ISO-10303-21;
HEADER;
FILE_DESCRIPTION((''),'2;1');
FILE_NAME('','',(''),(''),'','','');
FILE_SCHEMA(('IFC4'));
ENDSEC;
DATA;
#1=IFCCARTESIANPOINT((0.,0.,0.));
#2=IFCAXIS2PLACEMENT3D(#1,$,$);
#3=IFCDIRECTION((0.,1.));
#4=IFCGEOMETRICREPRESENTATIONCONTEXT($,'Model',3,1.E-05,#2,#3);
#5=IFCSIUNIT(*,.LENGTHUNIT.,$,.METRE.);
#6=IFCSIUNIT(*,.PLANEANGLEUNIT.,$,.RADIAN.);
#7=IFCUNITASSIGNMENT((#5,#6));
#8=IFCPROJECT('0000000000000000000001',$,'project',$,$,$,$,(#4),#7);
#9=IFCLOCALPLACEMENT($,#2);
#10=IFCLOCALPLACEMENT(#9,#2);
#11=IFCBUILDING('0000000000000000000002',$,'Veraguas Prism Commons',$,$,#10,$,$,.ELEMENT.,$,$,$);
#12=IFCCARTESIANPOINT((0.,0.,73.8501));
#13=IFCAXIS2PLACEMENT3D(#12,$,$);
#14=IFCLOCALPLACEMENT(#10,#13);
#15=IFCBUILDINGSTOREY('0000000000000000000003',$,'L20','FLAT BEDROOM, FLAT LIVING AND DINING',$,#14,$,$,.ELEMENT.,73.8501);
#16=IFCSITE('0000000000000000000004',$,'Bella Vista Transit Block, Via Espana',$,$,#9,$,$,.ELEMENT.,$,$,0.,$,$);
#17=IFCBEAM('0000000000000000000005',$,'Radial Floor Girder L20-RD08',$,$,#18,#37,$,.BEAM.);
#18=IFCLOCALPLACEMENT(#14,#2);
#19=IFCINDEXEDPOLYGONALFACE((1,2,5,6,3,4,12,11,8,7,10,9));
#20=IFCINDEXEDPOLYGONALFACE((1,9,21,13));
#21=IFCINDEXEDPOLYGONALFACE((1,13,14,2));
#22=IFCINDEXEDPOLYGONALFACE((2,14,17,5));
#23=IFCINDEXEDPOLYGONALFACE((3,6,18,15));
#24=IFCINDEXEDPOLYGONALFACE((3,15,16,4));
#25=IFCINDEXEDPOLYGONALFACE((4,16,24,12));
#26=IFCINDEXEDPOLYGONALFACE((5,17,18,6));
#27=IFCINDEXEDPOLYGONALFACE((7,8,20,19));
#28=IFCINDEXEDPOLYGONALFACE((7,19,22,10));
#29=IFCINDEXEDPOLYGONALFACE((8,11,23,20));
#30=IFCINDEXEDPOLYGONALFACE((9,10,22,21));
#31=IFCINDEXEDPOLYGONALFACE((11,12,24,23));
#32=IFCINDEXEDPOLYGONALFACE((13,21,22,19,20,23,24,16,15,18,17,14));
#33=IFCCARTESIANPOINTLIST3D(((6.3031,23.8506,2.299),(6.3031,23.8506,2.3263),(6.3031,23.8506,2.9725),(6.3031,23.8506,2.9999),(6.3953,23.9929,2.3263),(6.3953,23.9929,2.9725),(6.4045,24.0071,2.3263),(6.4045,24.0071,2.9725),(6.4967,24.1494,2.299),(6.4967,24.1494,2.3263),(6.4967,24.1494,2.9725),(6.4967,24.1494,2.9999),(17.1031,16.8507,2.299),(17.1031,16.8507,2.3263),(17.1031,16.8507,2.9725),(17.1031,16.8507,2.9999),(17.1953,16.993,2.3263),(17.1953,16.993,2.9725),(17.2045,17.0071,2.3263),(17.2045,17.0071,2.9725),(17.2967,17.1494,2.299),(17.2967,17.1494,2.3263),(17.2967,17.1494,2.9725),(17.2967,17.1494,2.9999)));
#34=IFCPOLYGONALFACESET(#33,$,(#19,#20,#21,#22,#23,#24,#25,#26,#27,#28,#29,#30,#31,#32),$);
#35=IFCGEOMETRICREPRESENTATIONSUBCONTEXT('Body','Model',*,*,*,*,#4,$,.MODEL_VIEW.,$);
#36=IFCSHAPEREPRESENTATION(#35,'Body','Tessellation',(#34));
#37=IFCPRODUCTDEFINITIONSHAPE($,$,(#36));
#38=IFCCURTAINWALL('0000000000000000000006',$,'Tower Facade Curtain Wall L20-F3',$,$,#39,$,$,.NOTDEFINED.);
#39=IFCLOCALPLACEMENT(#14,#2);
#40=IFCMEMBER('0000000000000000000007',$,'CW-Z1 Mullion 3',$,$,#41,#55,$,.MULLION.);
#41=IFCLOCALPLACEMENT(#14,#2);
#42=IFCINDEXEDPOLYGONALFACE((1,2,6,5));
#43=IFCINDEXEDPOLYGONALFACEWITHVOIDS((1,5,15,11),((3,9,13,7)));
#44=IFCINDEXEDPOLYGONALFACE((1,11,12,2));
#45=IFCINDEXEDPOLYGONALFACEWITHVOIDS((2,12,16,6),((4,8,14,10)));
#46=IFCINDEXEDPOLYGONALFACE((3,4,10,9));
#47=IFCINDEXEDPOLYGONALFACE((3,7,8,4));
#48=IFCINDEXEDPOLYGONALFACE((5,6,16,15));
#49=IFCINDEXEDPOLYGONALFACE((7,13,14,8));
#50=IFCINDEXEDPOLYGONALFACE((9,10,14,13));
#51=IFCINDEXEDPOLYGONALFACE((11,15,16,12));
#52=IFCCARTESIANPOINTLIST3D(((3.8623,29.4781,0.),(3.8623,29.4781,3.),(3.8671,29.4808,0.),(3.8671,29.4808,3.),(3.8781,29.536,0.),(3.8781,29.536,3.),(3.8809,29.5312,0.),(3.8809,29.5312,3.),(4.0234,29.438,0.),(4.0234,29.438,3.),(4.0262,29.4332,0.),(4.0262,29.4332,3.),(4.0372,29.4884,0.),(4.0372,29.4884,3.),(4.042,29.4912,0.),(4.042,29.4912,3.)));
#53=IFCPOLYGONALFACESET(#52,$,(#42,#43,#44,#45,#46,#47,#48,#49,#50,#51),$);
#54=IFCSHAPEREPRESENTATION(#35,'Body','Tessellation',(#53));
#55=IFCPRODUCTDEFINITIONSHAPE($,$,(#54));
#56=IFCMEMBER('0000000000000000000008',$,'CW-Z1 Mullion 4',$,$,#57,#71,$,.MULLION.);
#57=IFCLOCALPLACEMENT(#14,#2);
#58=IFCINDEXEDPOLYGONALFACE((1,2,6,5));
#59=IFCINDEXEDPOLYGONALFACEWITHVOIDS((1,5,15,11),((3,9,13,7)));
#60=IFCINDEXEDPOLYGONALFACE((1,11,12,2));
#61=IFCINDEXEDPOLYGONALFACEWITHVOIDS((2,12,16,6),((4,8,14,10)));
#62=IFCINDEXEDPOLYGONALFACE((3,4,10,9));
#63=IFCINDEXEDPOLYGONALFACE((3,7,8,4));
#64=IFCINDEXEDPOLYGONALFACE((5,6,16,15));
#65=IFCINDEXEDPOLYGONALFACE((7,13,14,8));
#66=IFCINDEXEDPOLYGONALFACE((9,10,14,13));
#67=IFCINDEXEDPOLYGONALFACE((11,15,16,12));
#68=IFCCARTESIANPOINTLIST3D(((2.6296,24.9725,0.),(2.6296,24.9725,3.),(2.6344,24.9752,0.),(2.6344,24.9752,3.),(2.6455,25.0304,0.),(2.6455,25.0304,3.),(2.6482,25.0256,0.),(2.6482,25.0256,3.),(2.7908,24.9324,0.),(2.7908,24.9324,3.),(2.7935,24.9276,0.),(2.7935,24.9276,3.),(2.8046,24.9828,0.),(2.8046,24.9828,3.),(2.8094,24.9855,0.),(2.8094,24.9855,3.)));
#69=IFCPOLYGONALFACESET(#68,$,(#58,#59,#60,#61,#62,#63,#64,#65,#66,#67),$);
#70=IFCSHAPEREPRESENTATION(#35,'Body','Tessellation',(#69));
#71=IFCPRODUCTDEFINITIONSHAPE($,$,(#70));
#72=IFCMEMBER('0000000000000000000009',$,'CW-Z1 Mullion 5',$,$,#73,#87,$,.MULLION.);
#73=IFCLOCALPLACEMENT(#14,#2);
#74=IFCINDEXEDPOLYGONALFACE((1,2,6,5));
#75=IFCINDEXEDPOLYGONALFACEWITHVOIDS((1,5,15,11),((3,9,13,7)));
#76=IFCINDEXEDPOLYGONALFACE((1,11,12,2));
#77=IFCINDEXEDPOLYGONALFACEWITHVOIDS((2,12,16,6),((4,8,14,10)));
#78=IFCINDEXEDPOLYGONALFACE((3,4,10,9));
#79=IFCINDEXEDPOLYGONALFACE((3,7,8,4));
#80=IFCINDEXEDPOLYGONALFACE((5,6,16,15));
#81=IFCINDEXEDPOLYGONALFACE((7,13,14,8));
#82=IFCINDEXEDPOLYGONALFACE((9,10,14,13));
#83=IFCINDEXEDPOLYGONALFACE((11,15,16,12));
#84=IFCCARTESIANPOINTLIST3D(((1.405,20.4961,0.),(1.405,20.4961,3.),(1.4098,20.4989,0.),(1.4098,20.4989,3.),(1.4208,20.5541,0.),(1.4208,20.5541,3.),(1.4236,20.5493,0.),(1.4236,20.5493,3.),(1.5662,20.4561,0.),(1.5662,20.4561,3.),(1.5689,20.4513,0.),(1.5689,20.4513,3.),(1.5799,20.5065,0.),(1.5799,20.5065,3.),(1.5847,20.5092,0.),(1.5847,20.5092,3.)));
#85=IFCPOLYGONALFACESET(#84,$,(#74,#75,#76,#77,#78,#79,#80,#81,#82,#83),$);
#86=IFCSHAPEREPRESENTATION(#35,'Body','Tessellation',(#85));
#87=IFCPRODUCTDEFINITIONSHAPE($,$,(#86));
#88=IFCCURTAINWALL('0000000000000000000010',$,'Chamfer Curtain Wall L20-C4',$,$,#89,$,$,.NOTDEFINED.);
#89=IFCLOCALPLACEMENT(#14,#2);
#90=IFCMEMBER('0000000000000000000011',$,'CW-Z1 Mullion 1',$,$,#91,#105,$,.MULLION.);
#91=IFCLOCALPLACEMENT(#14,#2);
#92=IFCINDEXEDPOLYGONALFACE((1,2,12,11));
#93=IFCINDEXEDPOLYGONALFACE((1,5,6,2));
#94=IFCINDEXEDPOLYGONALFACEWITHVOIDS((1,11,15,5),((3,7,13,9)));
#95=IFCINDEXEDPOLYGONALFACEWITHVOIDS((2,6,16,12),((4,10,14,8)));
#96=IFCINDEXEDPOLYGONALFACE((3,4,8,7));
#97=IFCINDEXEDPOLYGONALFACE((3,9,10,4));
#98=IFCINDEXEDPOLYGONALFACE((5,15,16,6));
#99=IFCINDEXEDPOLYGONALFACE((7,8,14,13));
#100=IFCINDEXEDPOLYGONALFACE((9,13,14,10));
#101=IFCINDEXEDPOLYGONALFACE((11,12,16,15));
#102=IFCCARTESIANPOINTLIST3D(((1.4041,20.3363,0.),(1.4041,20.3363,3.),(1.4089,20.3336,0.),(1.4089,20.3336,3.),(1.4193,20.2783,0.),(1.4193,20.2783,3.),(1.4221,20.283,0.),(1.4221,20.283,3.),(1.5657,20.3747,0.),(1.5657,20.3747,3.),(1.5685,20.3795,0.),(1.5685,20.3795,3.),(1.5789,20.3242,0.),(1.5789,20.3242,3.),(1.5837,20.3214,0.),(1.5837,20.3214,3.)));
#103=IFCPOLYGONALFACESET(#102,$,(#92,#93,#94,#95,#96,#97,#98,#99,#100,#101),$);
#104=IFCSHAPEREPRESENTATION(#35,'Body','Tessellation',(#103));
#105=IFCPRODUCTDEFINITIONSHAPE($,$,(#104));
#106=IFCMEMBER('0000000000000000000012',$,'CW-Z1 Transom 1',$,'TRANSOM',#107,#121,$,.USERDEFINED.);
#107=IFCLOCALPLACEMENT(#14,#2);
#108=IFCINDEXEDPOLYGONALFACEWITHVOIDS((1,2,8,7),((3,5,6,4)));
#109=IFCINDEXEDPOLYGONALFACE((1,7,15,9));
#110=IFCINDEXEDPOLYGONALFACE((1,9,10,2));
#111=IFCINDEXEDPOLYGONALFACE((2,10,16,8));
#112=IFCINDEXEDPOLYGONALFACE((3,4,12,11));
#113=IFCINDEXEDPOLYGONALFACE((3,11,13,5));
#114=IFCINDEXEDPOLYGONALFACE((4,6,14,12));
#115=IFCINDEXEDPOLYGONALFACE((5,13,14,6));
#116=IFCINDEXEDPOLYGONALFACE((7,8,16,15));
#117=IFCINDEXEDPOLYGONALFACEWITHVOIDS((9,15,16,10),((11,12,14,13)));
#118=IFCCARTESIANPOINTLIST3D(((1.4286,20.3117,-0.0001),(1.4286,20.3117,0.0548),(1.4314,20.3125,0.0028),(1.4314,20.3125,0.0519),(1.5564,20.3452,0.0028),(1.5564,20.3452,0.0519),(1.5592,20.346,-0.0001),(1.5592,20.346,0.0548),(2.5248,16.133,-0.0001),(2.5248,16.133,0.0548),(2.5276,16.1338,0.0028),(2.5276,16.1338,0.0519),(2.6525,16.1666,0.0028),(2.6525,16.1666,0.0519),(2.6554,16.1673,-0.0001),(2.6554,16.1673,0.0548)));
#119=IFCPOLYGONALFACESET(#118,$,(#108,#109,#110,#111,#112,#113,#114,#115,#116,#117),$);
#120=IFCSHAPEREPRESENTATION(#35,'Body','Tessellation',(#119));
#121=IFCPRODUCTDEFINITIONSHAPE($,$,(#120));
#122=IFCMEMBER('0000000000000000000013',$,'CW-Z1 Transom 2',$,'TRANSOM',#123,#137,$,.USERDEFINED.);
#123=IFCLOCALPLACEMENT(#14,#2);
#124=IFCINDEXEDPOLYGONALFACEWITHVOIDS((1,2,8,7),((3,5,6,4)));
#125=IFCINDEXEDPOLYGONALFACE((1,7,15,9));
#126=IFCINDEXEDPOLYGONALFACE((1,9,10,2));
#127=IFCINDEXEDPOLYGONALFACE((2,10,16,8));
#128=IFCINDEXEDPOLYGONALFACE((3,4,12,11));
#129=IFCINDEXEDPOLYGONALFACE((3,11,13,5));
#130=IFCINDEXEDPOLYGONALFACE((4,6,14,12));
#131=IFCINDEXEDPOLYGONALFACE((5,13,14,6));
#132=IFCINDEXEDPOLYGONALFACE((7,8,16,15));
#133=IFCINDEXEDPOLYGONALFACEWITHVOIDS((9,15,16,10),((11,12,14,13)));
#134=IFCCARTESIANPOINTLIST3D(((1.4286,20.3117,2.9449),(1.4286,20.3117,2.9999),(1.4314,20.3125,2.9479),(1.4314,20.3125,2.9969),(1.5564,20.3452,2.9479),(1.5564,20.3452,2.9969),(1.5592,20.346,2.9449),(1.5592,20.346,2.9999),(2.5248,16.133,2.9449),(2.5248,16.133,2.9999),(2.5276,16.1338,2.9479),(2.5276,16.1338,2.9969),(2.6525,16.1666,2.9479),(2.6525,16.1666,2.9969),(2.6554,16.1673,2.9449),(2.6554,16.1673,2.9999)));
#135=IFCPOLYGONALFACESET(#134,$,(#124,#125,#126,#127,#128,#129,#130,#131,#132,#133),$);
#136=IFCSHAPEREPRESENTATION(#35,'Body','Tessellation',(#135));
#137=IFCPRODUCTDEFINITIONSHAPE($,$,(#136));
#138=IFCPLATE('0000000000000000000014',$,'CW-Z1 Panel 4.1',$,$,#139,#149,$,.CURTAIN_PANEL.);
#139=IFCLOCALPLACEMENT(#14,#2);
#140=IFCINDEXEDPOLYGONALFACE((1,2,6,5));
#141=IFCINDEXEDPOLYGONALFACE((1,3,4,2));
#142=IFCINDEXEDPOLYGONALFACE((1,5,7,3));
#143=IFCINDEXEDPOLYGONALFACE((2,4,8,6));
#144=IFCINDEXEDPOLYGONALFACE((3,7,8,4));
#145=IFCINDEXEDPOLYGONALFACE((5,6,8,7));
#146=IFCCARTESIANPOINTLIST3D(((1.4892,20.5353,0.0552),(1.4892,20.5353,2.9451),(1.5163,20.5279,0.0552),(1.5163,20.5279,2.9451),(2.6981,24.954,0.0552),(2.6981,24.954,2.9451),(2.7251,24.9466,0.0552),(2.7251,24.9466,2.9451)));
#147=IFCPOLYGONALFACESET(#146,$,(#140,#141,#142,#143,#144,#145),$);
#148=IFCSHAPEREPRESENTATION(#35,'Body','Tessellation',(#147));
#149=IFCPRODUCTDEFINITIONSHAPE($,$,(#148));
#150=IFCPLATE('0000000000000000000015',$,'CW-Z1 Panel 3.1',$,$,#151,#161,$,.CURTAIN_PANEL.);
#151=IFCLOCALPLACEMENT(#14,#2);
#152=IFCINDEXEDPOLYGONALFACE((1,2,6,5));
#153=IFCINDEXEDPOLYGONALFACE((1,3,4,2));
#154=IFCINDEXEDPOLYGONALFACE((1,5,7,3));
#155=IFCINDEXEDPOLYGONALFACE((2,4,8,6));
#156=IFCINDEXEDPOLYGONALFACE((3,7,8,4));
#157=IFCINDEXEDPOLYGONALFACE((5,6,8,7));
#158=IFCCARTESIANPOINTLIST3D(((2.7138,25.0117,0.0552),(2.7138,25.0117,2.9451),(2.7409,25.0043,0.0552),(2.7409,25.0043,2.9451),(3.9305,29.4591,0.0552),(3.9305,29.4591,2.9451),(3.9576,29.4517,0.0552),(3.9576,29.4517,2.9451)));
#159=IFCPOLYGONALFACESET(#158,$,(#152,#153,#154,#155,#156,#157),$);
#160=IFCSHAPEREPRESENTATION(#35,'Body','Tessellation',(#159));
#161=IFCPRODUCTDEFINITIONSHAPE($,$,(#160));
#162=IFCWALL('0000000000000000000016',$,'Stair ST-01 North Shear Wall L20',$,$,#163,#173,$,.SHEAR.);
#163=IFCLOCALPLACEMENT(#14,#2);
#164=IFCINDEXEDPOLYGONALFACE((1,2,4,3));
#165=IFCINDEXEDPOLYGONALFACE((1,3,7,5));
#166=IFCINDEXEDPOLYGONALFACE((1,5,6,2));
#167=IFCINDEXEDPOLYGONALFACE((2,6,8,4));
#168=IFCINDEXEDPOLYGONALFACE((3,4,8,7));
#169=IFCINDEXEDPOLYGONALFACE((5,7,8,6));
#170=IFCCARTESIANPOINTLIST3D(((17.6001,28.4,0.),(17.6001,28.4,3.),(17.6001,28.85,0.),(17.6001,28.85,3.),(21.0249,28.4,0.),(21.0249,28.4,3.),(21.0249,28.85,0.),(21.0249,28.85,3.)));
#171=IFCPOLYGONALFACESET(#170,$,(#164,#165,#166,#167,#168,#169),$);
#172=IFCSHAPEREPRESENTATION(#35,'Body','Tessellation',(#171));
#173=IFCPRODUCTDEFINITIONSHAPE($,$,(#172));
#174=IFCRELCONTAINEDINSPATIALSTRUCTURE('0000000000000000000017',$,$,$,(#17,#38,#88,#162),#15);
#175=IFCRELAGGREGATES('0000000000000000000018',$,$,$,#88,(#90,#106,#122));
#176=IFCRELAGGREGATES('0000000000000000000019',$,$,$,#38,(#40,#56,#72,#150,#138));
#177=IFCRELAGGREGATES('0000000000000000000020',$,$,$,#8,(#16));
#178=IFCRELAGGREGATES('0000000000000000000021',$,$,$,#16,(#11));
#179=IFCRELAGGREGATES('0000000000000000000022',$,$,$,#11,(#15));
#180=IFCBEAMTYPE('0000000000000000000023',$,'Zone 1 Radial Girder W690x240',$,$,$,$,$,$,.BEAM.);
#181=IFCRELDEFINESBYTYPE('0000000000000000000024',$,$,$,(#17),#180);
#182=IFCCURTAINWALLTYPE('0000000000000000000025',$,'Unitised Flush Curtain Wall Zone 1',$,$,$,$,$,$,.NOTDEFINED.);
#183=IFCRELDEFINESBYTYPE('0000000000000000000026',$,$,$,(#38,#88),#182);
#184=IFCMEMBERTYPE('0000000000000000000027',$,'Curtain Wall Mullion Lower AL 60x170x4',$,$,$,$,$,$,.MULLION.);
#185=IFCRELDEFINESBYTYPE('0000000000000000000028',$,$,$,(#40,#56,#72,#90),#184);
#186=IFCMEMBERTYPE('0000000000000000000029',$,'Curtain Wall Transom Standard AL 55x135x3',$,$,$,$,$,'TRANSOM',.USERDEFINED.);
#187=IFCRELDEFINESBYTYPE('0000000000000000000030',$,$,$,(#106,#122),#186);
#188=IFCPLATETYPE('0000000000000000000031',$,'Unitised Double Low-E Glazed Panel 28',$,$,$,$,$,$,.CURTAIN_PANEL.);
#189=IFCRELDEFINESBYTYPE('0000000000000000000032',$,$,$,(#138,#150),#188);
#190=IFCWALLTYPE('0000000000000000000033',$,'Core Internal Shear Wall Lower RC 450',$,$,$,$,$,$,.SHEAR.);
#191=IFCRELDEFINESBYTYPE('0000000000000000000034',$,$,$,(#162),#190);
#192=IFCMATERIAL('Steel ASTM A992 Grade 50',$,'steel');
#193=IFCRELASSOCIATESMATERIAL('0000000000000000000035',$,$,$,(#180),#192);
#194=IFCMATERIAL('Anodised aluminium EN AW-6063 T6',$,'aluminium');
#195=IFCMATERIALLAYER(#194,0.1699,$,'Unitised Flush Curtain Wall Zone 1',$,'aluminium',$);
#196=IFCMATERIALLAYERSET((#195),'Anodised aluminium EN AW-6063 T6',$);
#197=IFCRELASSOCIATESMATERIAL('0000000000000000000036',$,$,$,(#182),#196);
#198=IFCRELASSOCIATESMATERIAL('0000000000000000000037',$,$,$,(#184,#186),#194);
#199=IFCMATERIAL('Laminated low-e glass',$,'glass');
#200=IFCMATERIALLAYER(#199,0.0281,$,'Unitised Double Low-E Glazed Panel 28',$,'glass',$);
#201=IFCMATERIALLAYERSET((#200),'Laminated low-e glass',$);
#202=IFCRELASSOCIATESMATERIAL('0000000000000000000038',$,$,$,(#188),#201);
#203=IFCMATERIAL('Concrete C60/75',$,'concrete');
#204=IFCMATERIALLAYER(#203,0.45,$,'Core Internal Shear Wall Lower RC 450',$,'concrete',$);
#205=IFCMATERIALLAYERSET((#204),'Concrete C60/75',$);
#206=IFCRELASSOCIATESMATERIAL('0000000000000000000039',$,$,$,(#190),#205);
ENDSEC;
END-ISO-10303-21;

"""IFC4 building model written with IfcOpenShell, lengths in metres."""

from ifc_helpers import new_model, si_unit, direction, frame, frame_2d, origin, origin_2d, place, context, subcontext, project, spatial, rectangle, hollow_rectangle, i_section, extrude, source, transform, mapped, material, layer, layer_set, material_profile, profile_set, type_object, element, aggregate, save


model = new_model("IFC4")

# Units and contexts
model_context = context("Model", 3, precision=1e-05, world=origin(), true_north=direction((0.0, 1.0)))
body_context = subcontext(model_context, "Body", "Model", "MODEL_VIEW")
ifc_project = project(units=[si_unit("LENGTHUNIT", "METRE"), si_unit("PLANEANGLEUNIT", "RADIAN")], contexts=[model_context])

# Site, building, storey
site_placement = place(None, origin())
site = spatial("IfcSite", under=ifc_project, at=site_placement, Name="Bella Vista Transit Block, Via Espana", CompositionType="ELEMENT", RefElevation=0.0)
building_placement = place(site_placement, origin())
building = spatial("IfcBuilding", under=site, at=building_placement, Name="Veraguas Prism Commons", CompositionType="ELEMENT")
storey_placement = place(building_placement, frame((0.0, 0.0, 73.8501)))
storey = spatial("IfcBuildingStorey", under=building, at=storey_placement, Name="L20", Description="FLAT BEDROOM, FLAT LIVING AND DINING", CompositionType="ELEMENT", Elevation=73.8501)

# Shared definitions
ifc_material_1 = material(Name="Concrete C60/75", Category="concrete")

# Beam
ifc_material_2 = material(Name="Steel ASTM A992 Grade 50", Category="steel")
ifc_material_profile_1 = material_profile(ifc_material_2, i_section(OverallWidth=0.356, OverallDepth=0.7009, WebThickness=0.0168, FlangeThickness=0.0273, at=origin_2d()), Name="W690X240")
ifc_profile_set_1 = profile_set([ifc_material_profile_1], Name="Steel ASTM A992 Grade 50")
beam_type_1 = type_object("IfcBeamType", Name="Zone 1 Radial Girder W690x240", PredefinedType="BEAM", material=ifc_profile_set_1)
beam_1_placement = place(storey_placement, frame((6.3999, 24.0, 2.6494), z_axis=(0.839154, -0.543894, 0.0), x_axis=(0.543894, 0.839154, 0.0)))
element("IfcBeam", 1, at=beam_1_placement, inside=storey, type_object=beam_type_1, Name="Radial Floor Girder L20-RD08", PredefinedType="BEAM", context=body_context, shape_type="SweptSolid", body=[
    extrude(i_section(OverallWidth=0.356, OverallDepth=0.7009, WebThickness=0.0168, FlangeThickness=0.0273, at=origin_2d()), origin(), (0.0, 0.0, 1.0), 12.8701),
])

# Curtain walls, members
ifc_material_3 = material(Name="Anodised aluminium EN AW-6063 T6", Category="aluminium")
ifc_layer_1 = layer(ifc_material_3, 0.1699, Name="Unitised Flush Curtain Wall Zone 1", Category="aluminium")
ifc_layer_set_1 = layer_set([ifc_layer_1], Name="Anodised aluminium EN AW-6063 T6")
curtain_wall_type = type_object("IfcCurtainWallType", Name="Unitised Flush Curtain Wall Zone 1", PredefinedType="NOTDEFINED", material=ifc_layer_set_1)
curtain_wall_1_placement = place(storey_placement, origin())
curtain_wall_1 = element("IfcCurtainWall", 2, at=curtain_wall_1_placement, inside=storey, type_object=curtain_wall_type, Name="Tower Facade Curtain Wall L20-F3", PredefinedType="NOTDEFINED")
ifc_material_profile_2 = material_profile(ifc_material_3, hollow_rectangle(XDim=0.0601, YDim=0.1699, WallThickness=0.0039, at=origin_2d()), Name="AL60X170X4")
ifc_profile_set_2 = profile_set([ifc_material_profile_2], Name="Anodised aluminium EN AW-6063 T6")
member_type_1 = type_object("IfcMemberType", Name="Curtain Wall Mullion Lower AL 60x170x4", PredefinedType="MULLION", material=ifc_profile_set_2)
shared_shape_1 = source(origin(), body_context, "Body", "SweptSolid", [
    extrude(hollow_rectangle(XDim=0.0601, YDim=0.1699, WallThickness=0.0039, at=origin_2d()), origin(), (0.0, 0.0, 1.0), 3.0),
])
member_1_placement = place(storey_placement, frame((3.9521, 29.4846, 0.0), z_axis=(0.0, 0.0, 1.0), x_axis=(-0.26388, -0.964556, 0.0)))
member_1 = element("IfcMember", 3, at=member_1_placement, type_object=member_type_1, Name="CW-Z1 Mullion 3", PredefinedType="MULLION", context=body_context, shape_type="MappedRepresentation", body=[
    mapped(shared_shape_1, transform((0.0, 0.0, 0.0), scale=1.0)),
])
member_2_placement = place(storey_placement, frame((2.7195, 24.979, 0.0), z_axis=(0.0, 0.0, 1.0), x_axis=(-0.26388, -0.964556, 0.0)))
member_2 = element("IfcMember", 4, at=member_2_placement, type_object=member_type_1, Name="CW-Z1 Mullion 4", PredefinedType="MULLION", context=body_context, shape_type="MappedRepresentation", body=[
    mapped(shared_shape_1, transform((0.0, 0.0, 0.0), scale=1.0)),
])
member_3_placement = place(storey_placement, frame((1.4949, 20.5027, 0.0), z_axis=(0.0, 0.0, 1.0), x_axis=(-0.26388, -0.964556, 0.0)))
member_3 = element("IfcMember", 5, at=member_3_placement, type_object=member_type_1, Name="CW-Z1 Mullion 5", PredefinedType="MULLION", context=body_context, shape_type="MappedRepresentation", body=[
    mapped(shared_shape_1, transform((0.0, 0.0, 0.0), scale=1.0)),
])
curtain_wall_2_placement = place(storey_placement, origin())
curtain_wall_2 = element("IfcCurtainWall", 6, at=curtain_wall_2_placement, inside=storey, type_object=curtain_wall_type, Name="Chamfer Curtain Wall L20-C4", PredefinedType="NOTDEFINED")
member_4_placement = place(storey_placement, frame((1.4939, 20.3289, 0.0), z_axis=(0.0, 0.0, 1.0), x_axis=(0.253763, -0.967266, 0.0)))
member_4 = element("IfcMember", 7, at=member_4_placement, type_object=member_type_1, Name="CW-Z1 Mullion 1", PredefinedType="MULLION", context=body_context, shape_type="MappedRepresentation", body=[
    mapped(shared_shape_1, transform((0.0, 0.0, 0.0), scale=1.0)),
])
ifc_material_profile_3 = material_profile(ifc_material_3, hollow_rectangle(XDim=0.0549, YDim=0.135, WallThickness=0.0029, at=origin_2d()), Name="AL55X135X3")
ifc_profile_set_3 = profile_set([ifc_material_profile_3], Name="Anodised aluminium EN AW-6063 T6")
member_type_2 = type_object("IfcMemberType", Name="Curtain Wall Transom Standard AL 55x135x3", ElementType="TRANSOM", PredefinedType="USERDEFINED", material=ifc_profile_set_3)
shared_shape_2 = source(origin(), body_context, "Body", "SweptSolid", [
    extrude(hollow_rectangle(XDim=0.0549, YDim=0.135, WallThickness=0.0029, at=origin_2d()), origin(), (0.0, 0.0, 1.0), 4.3201),
])
member_5_placement = place(storey_placement, frame((1.4939, 20.3289, 0.0273), z_axis=(0.253742, -0.967272, 0.0), x_axis=(0.0, 0.0, 1.0)))
member_5 = element("IfcMember", 8, at=member_5_placement, type_object=member_type_2, Name="CW-Z1 Transom 1", ObjectType="TRANSOM", PredefinedType="USERDEFINED", context=body_context, shape_type="MappedRepresentation", body=[
    mapped(shared_shape_2, transform((0.0, 0.0, 0.0), scale=1.0)),
])
member_6_placement = place(storey_placement, frame((1.4939, 20.3289, 2.9724), z_axis=(0.253742, -0.967272, 0.0), x_axis=(0.0, 0.0, 1.0)))
member_6 = element("IfcMember", 9, at=member_6_placement, type_object=member_type_2, Name="CW-Z1 Transom 2", ObjectType="TRANSOM", PredefinedType="USERDEFINED", context=body_context, shape_type="MappedRepresentation", body=[
    mapped(shared_shape_2, transform((0.0, 0.0, 0.0), scale=1.0)),
])
aggregate(curtain_wall_2, [member_4, member_5, member_6])

# Plates
ifc_material_4 = material(Name="Laminated low-e glass", Category="glass")
ifc_layer_2 = layer(ifc_material_4, 0.0281, Name="Unitised Double Low-E Glazed Panel 28", Category="glass")
ifc_layer_set_2 = layer_set([ifc_layer_2], Name="Laminated low-e glass")
plate_type = type_object("IfcPlateType", Name="Unitised Double Low-E Glazed Panel 28", PredefinedType="CURTAIN_PANEL", material=ifc_layer_set_2)
shared_shape_3 = source(origin(), body_context, "Body", "SweptSolid", [
    extrude(rectangle(XDim=4.5811, YDim=0.0281, at=origin_2d()), origin(), (0.0, 0.0, 1.0), 2.8899),
])
plate_1_placement = place(storey_placement, frame((2.1072, 22.741, 0.0552), z_axis=(0.0, 0.0, 1.0), x_axis=(-0.26388, -0.964556, 0.0)))
plate_1 = element("IfcPlate", 10, at=plate_1_placement, type_object=plate_type, Name="CW-Z1 Panel 4.1", PredefinedType="CURTAIN_PANEL", context=body_context, shape_type="MappedRepresentation", body=[
    mapped(shared_shape_3, transform((0.0, 0.0, 0.0), scale=1.0)),
])
shared_shape_4 = source(origin(), body_context, "Body", "SweptSolid", [
    extrude(rectangle(XDim=4.6108, YDim=0.0281, at=origin_2d()), origin(), (0.0, 0.0, 1.0), 2.8899),
])
plate_2_placement = place(storey_placement, frame((3.3357, 27.2317, 0.0552), z_axis=(0.0, 0.0, 1.0), x_axis=(-0.26388, -0.964556, 0.0)))
plate_2 = element("IfcPlate", 11, at=plate_2_placement, type_object=plate_type, Name="CW-Z1 Panel 3.1", PredefinedType="CURTAIN_PANEL", context=body_context, shape_type="MappedRepresentation", body=[
    mapped(shared_shape_4, transform((0.0, 0.0, 0.0), scale=1.0)),
])
aggregate(curtain_wall_1, [member_1, member_2, member_3, plate_2, plate_1])

# Wall
ifc_layer_3 = layer(ifc_material_1, 0.45, Name="Core Internal Shear Wall Lower RC 450", Category="concrete")
ifc_layer_set_3 = layer_set([ifc_layer_3], Name="Concrete C60/75")
wall_type_1 = type_object("IfcWallType", Name="Core Internal Shear Wall Lower RC 450", PredefinedType="SHEAR", material=ifc_layer_set_3)
wall_1_placement = place(storey_placement, frame((17.6001, 28.625, 0.0), z_axis=(0.0, 0.0, 1.0), x_axis=(1.0, 0.0, 0.0)))
element("IfcWall", 12, at=wall_1_placement, inside=storey, type_object=wall_type_1, Name="Stair ST-01 North Shear Wall L20", PredefinedType="SHEAR", context=body_context, shape_type="SweptSolid", body=[
    extrude(rectangle(XDim=3.4248, YDim=0.45, at=frame_2d((1.7124, 0.0))), origin(), (0.0, 0.0, 1.0), 3.0),
])

save(model, "model.ifc")
